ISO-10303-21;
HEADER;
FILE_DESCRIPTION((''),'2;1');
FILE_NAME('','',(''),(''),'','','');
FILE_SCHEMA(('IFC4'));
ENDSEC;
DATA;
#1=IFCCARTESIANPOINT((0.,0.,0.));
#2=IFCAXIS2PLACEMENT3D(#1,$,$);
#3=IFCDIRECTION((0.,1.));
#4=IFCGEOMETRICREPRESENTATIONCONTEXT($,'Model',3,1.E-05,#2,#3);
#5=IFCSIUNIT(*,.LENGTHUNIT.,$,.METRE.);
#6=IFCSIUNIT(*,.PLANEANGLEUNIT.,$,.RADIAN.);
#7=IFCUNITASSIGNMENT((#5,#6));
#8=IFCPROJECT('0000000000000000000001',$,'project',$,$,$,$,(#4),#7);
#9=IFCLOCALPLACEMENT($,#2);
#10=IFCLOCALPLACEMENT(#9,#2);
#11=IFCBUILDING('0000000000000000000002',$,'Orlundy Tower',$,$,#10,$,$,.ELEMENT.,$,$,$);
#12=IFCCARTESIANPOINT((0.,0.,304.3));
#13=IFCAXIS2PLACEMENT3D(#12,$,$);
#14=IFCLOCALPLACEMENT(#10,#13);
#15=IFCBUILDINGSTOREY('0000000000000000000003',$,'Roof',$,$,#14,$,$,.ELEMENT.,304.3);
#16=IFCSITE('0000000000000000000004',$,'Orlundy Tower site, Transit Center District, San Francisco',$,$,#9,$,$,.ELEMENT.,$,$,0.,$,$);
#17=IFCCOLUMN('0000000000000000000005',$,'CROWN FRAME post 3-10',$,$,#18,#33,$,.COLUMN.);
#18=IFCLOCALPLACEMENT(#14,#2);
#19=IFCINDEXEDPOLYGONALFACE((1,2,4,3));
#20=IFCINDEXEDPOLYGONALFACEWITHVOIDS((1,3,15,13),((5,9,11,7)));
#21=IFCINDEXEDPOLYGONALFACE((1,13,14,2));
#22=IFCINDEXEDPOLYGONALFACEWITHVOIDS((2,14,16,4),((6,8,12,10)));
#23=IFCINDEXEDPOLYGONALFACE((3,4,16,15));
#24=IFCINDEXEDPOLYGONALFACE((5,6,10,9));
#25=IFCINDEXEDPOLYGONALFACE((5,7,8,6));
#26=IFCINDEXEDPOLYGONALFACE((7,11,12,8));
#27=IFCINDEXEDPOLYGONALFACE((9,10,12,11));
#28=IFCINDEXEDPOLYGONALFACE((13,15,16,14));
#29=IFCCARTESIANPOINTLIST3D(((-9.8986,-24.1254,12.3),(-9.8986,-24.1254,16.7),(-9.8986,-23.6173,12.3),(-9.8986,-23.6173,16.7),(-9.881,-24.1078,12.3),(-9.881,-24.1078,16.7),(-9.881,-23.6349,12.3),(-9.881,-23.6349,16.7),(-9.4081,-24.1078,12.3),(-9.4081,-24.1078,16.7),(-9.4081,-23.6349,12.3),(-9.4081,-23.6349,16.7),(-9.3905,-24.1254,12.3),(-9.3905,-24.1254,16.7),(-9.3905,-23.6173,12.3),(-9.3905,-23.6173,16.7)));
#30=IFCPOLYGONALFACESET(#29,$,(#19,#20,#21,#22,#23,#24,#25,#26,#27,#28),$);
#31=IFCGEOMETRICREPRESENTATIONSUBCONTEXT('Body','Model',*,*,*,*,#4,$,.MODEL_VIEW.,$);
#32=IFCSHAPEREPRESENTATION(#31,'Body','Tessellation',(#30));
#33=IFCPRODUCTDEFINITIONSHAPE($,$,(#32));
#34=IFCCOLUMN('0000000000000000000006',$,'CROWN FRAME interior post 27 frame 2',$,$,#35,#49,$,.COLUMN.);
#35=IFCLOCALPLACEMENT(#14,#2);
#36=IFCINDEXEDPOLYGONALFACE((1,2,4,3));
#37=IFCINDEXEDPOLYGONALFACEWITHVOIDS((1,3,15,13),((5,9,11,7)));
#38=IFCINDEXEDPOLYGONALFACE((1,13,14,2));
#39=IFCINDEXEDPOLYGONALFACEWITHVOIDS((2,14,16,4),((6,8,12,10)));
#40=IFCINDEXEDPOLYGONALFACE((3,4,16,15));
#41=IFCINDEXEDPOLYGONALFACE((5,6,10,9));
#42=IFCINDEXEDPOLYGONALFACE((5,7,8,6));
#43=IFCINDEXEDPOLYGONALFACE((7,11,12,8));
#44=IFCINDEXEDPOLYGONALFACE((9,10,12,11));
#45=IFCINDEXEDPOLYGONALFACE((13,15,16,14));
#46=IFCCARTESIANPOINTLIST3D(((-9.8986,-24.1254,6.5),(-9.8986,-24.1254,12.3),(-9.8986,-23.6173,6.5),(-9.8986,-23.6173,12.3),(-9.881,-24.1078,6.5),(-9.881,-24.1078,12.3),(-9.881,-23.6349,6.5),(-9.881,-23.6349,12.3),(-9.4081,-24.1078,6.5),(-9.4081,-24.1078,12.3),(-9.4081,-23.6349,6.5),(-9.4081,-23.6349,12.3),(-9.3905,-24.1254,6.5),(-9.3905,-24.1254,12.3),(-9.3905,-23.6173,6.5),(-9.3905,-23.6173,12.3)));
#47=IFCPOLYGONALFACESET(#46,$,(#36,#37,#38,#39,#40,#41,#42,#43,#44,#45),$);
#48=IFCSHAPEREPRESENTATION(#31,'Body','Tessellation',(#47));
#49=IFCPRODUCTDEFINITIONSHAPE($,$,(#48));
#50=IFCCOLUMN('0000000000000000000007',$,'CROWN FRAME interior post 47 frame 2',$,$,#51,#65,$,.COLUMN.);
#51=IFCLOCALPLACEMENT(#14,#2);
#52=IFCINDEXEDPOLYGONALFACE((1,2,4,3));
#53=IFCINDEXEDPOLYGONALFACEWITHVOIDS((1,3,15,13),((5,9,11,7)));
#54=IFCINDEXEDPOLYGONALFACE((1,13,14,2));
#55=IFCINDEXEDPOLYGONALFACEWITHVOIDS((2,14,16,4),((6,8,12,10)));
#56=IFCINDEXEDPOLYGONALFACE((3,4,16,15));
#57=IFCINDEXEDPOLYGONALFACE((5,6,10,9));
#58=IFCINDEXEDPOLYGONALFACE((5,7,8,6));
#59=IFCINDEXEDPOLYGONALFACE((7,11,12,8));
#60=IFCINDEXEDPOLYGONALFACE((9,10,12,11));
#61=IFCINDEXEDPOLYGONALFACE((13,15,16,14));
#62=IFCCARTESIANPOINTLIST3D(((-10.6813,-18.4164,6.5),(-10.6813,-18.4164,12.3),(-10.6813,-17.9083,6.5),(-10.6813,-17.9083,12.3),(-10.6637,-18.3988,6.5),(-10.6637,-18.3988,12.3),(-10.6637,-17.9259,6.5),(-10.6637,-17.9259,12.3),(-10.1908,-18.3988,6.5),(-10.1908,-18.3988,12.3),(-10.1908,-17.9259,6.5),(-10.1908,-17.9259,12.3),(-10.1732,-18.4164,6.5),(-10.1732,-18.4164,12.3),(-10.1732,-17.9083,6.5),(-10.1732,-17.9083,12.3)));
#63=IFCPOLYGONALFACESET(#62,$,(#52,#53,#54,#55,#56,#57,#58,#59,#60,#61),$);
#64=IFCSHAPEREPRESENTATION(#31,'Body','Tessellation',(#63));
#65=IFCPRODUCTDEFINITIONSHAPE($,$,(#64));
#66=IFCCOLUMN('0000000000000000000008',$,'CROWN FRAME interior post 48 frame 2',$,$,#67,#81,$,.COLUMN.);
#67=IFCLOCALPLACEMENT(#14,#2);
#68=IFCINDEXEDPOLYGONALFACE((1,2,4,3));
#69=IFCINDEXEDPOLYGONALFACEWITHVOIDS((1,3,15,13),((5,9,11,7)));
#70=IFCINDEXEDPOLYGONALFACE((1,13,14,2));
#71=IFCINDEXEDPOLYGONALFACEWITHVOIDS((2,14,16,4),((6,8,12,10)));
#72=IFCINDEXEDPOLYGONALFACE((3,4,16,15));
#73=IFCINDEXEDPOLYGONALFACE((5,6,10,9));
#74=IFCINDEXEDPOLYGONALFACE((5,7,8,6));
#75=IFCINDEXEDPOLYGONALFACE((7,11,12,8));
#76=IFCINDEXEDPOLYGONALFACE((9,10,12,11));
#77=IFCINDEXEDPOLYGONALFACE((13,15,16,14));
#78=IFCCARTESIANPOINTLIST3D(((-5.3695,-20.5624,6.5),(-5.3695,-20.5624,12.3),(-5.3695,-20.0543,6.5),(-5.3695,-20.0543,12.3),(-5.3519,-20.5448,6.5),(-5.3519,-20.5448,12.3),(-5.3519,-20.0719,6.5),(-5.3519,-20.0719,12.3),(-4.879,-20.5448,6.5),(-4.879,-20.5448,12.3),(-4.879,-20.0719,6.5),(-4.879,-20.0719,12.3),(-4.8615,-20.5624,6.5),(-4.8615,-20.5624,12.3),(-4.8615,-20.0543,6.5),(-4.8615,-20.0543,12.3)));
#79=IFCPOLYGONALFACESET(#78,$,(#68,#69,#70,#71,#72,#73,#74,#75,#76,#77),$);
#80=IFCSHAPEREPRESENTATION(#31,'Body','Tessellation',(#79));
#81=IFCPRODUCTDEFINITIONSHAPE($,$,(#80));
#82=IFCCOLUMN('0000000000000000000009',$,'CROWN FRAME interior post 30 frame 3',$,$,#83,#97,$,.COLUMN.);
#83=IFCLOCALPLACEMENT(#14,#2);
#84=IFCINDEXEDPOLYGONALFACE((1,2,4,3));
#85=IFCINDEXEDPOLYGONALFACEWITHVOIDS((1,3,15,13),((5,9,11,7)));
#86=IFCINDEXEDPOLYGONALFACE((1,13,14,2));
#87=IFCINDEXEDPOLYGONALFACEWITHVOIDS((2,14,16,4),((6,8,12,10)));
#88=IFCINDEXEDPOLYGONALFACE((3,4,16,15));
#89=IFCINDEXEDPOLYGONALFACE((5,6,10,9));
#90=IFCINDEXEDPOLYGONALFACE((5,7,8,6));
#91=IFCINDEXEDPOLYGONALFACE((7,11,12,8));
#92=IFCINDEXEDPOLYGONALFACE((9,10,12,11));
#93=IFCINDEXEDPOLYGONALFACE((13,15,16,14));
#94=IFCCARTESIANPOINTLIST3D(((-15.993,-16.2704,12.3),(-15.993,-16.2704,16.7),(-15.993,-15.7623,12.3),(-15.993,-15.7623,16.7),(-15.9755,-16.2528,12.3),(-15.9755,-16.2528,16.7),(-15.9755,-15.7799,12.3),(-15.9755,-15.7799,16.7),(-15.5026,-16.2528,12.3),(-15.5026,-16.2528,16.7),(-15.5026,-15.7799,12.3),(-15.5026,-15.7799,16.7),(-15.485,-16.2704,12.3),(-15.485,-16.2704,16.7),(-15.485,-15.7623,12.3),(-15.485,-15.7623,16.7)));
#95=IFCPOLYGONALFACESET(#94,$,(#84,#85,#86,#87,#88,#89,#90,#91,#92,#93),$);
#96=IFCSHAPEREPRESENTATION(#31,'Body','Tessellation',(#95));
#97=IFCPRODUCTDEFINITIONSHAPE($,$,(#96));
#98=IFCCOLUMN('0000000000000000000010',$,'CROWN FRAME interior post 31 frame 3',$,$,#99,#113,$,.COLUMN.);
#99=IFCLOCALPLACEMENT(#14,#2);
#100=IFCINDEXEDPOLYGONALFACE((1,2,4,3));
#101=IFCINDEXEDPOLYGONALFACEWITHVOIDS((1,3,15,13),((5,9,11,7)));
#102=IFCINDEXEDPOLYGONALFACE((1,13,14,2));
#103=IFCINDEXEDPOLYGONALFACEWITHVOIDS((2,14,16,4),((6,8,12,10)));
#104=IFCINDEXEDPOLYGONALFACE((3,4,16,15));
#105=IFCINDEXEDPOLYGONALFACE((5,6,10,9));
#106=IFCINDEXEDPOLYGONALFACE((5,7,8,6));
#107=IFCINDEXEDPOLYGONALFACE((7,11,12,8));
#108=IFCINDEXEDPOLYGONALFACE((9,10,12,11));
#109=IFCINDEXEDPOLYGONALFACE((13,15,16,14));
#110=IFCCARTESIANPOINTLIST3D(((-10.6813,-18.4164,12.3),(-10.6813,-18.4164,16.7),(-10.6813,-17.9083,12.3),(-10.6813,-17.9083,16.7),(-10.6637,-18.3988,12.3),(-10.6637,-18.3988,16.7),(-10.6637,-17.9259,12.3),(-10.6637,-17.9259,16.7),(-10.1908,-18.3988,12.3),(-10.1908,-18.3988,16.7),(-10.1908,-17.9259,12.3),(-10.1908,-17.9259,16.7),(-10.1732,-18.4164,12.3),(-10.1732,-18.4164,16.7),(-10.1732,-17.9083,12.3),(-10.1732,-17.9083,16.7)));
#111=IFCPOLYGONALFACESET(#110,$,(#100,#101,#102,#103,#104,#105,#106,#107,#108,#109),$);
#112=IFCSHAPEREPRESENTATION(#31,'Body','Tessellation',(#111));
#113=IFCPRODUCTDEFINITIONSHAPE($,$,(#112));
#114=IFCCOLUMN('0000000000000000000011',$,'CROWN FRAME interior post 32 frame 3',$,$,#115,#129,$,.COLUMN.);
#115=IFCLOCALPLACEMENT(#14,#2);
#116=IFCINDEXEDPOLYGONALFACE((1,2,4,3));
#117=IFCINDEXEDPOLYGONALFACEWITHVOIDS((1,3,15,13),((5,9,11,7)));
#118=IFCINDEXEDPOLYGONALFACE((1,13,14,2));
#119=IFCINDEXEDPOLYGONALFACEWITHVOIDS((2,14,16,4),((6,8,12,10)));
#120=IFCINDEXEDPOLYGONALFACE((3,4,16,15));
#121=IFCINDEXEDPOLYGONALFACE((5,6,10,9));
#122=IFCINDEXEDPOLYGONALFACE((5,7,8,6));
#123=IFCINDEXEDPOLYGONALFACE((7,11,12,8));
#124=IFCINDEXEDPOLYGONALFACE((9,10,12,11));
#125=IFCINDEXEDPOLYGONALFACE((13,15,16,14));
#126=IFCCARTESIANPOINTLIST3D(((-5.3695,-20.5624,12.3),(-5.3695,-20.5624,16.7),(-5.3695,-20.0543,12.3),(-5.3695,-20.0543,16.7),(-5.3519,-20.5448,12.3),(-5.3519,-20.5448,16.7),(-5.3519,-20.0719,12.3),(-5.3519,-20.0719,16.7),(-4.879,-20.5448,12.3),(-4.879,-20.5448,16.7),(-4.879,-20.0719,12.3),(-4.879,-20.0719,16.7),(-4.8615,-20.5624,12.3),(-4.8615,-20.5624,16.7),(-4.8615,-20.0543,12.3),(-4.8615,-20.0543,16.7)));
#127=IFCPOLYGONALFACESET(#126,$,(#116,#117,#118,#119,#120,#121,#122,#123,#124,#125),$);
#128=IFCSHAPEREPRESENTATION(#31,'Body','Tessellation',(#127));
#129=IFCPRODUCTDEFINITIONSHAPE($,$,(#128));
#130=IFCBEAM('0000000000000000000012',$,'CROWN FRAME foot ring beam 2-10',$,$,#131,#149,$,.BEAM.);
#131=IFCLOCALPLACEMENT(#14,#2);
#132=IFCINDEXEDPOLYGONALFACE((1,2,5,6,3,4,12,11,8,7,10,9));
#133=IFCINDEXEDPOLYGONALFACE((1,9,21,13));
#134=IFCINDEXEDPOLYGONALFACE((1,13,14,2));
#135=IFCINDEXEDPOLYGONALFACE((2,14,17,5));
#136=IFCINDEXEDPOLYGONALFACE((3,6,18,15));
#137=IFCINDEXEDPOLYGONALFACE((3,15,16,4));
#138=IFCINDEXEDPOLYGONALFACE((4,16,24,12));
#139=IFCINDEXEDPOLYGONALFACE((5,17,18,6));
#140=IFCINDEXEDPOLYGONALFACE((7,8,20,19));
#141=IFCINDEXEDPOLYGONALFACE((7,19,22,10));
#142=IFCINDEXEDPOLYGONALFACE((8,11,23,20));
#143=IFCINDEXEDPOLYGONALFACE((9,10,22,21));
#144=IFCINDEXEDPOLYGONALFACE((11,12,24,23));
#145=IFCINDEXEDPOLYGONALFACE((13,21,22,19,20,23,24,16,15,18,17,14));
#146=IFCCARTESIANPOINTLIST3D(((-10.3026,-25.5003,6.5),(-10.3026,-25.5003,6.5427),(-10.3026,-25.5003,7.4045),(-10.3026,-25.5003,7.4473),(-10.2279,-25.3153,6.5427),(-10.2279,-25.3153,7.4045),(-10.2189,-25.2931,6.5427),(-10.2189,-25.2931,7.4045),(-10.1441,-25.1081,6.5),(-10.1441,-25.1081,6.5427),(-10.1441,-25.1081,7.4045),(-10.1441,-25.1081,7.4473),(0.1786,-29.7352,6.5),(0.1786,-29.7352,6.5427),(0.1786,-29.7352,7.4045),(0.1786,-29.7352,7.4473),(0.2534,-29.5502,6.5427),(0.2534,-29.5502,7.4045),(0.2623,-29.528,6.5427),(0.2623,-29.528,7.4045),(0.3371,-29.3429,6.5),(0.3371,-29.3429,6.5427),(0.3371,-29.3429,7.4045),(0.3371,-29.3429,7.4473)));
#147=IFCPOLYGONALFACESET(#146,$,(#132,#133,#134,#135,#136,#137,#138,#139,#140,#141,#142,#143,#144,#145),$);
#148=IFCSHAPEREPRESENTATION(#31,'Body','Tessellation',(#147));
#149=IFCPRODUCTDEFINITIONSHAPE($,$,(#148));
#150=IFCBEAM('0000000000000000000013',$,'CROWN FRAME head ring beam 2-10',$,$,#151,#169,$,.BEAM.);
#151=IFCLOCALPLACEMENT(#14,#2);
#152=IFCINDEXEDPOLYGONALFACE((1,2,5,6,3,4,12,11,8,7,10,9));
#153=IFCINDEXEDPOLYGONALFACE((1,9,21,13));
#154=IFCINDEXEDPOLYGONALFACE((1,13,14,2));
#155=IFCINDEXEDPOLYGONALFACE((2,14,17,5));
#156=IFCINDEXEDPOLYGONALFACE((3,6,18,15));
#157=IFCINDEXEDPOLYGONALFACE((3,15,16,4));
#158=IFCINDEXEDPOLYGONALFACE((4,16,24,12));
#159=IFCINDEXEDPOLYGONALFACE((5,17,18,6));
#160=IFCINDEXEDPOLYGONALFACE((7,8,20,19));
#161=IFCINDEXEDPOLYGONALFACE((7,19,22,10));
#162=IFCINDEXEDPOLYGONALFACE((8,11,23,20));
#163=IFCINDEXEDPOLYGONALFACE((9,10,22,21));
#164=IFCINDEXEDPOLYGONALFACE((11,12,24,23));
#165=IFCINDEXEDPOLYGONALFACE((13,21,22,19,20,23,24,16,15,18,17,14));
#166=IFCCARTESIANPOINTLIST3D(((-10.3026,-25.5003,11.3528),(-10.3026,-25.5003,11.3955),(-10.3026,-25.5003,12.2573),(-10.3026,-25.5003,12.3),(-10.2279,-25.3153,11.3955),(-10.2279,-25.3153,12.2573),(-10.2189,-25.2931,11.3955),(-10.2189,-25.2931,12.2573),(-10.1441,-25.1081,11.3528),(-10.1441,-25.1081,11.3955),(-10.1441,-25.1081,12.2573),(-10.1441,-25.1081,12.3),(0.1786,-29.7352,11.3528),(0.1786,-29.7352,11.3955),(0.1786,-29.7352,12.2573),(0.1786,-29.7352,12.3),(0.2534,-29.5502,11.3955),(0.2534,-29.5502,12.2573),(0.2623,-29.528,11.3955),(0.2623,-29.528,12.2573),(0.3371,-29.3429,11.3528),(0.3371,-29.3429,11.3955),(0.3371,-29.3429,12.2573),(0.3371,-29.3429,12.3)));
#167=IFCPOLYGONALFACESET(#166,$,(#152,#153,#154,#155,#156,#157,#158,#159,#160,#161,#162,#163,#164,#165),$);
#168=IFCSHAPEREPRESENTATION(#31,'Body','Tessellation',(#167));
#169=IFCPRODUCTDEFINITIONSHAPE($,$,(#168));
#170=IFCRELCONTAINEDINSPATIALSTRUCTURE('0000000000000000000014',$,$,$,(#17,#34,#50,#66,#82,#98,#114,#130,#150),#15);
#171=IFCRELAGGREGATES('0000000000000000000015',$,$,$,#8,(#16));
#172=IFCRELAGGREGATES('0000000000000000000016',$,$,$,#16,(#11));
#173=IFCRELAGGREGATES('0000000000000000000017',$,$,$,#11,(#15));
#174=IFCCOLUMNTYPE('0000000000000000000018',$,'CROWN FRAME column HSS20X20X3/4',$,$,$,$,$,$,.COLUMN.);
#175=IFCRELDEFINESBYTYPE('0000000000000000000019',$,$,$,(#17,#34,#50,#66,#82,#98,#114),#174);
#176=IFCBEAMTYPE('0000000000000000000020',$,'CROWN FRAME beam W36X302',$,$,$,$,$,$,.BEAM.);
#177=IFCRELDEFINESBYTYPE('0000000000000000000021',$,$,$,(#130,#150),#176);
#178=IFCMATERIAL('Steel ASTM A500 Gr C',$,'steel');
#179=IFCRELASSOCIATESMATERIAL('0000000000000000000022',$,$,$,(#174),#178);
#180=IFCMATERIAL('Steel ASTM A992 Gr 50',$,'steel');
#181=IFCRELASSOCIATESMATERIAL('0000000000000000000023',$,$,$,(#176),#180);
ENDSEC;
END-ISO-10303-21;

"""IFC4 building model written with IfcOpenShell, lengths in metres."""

from ifc_helpers import new_model, si_unit, direction, frame, origin, origin_2d, place, context, subcontext, project, spatial, hollow_rectangle, i_section, extrude, material, material_profile, profile_set, type_object, element, save


model = new_model("IFC4")

# Units and contexts
model_context = context("Model", 3, precision=1e-05, world=origin(), true_north=direction((0.0, 1.0)))
body_context = subcontext(model_context, "Body", "Model", "MODEL_VIEW")
ifc_project = project(units=[si_unit("LENGTHUNIT", "METRE"), si_unit("PLANEANGLEUNIT", "RADIAN")], contexts=[model_context])

# Site, building, storey
site_placement = place(None, origin())
site = spatial("IfcSite", under=ifc_project, at=site_placement, Name="Orlundy Tower site, Transit Center District, San Francisco", CompositionType="ELEMENT", RefElevation=0.0)
building_placement = place(site_placement, origin())
building = spatial("IfcBuilding", under=site, at=building_placement, Name="Orlundy Tower", CompositionType="ELEMENT")
storey_placement = place(building_placement, frame((0.0, 0.0, 304.3)))
storey = spatial("IfcBuildingStorey", under=building, at=storey_placement, Name="Roof", CompositionType="ELEMENT", Elevation=304.3)

# Columns
ifc_material_1 = material(Name="Steel ASTM A500 Gr C", Category="steel")
ifc_material_profile_1 = material_profile(ifc_material_1, hollow_rectangle(XDim=0.5081, YDim=0.5081, WallThickness=0.0176, at=origin_2d()), Name="HSS20X20X3/4")
ifc_profile_set_1 = profile_set([ifc_material_profile_1], Name="Steel ASTM A500 Gr C")
column_type = type_object("IfcColumnType", Name="CROWN FRAME column HSS20X20X3/4", PredefinedType="COLUMN", material=ifc_profile_set_1)
column_placement = place(storey_placement, frame((-9.6445, -23.8713, 12.3), z_axis=(0.0, 0.0, 1.0), x_axis=(1.0, 0.0, 0.0)))
element("IfcColumn", 1, at=column_placement, inside=storey, type_object=column_type, Name="CROWN FRAME post 3-10", PredefinedType="COLUMN", context=body_context, shape_type="SweptSolid", body=[
    extrude(hollow_rectangle(XDim=0.5081, YDim=0.5081, WallThickness=0.0176, at=origin_2d()), origin(), (0.0, 0.0, 1.0), 4.3999),
])
for number, where, z_axis, x_axis, name in (
    (2, (-9.6445, -23.8713, 6.5), (0.0, 0.0, 1.0), (1.0, 0.0, 0.0), "CROWN FRAME interior post 27 frame 2"),
    (3, (-10.4272, -18.1624, 6.5), (0.0, 0.0, 1.0), (1.0, 0.0, 0.0), "CROWN FRAME interior post 47 frame 2"),
    (4, (-5.1155, -20.3083, 6.5), (0.0, 0.0, 1.0), (1.0, 0.0, 0.0), "CROWN FRAME interior post 48 frame 2"),
):
    element("IfcColumn", number, at=place(storey_placement, frame(where, z_axis=z_axis, x_axis=x_axis)), inside=storey, type_object=column_type, Name=name, PredefinedType="COLUMN", context=body_context, shape_type="SweptSolid", body=[
        extrude(hollow_rectangle(XDim=0.5081, YDim=0.5081, WallThickness=0.0176, at=origin_2d()), origin(), (0.0, 0.0, 1.0), 5.8),
    ])
for number, where, z_axis, x_axis, name in (
    (5, (-15.739, -16.0164, 12.3), (0.0, 0.0, 1.0), (1.0, 0.0, 0.0), "CROWN FRAME interior post 30 frame 3"),
    (6, (-10.4272, -18.1624, 12.3), (0.0, 0.0, 1.0), (1.0, 0.0, 0.0), "CROWN FRAME interior post 31 frame 3"),
    (7, (-5.1155, -20.3083, 12.3), (0.0, 0.0, 1.0), (1.0, 0.0, 0.0), "CROWN FRAME interior post 32 frame 3"),
):
    element("IfcColumn", number, at=place(storey_placement, frame(where, z_axis=z_axis, x_axis=x_axis)), inside=storey, type_object=column_type, Name=name, PredefinedType="COLUMN", context=body_context, shape_type="SweptSolid", body=[
        extrude(hollow_rectangle(XDim=0.5081, YDim=0.5081, WallThickness=0.0176, at=origin_2d()), origin(), (0.0, 0.0, 1.0), 4.3999),
    ])

# Beams
ifc_material_2 = material(Name="Steel ASTM A992 Gr 50", Category="steel")
ifc_material_profile_2 = material_profile(ifc_material_2, i_section(OverallWidth=0.4231, OverallDepth=0.9473, WebThickness=0.0239, FlangeThickness=0.0427, at=origin_2d()), Name="W36X302")
ifc_profile_set_2 = profile_set([ifc_material_profile_2], Name="Steel ASTM A992 Gr 50")
beam_type = type_object("IfcBeamType", Name="CROWN FRAME beam W36X302", PredefinedType="BEAM", material=ifc_profile_set_2)
for number, where, z_axis, x_axis, name in (
    (8, (-10.2234, -25.3042, 6.9736), (0.927178, -0.374621, 0.0), (0.374621, 0.927178, 0.0), "CROWN FRAME foot ring beam 2-10"),
    (9, (-10.2234, -25.3042, 11.8264), (0.927178, -0.374621, 0.0), (0.374621, 0.927178, 0.0), "CROWN FRAME head ring beam 2-10"),
):
    element("IfcBeam", number, at=place(storey_placement, frame(where, z_axis=z_axis, x_axis=x_axis)), inside=storey, type_object=beam_type, Name=name, PredefinedType="BEAM", context=body_context, shape_type="SweptSolid", body=[
        extrude(i_section(OverallWidth=0.4231, OverallDepth=0.9473, WebThickness=0.0239, FlangeThickness=0.0427, at=origin_2d()), origin(), (0.0, 0.0, 1.0), 11.3044),
    ])

save(model, "model.ifc")
